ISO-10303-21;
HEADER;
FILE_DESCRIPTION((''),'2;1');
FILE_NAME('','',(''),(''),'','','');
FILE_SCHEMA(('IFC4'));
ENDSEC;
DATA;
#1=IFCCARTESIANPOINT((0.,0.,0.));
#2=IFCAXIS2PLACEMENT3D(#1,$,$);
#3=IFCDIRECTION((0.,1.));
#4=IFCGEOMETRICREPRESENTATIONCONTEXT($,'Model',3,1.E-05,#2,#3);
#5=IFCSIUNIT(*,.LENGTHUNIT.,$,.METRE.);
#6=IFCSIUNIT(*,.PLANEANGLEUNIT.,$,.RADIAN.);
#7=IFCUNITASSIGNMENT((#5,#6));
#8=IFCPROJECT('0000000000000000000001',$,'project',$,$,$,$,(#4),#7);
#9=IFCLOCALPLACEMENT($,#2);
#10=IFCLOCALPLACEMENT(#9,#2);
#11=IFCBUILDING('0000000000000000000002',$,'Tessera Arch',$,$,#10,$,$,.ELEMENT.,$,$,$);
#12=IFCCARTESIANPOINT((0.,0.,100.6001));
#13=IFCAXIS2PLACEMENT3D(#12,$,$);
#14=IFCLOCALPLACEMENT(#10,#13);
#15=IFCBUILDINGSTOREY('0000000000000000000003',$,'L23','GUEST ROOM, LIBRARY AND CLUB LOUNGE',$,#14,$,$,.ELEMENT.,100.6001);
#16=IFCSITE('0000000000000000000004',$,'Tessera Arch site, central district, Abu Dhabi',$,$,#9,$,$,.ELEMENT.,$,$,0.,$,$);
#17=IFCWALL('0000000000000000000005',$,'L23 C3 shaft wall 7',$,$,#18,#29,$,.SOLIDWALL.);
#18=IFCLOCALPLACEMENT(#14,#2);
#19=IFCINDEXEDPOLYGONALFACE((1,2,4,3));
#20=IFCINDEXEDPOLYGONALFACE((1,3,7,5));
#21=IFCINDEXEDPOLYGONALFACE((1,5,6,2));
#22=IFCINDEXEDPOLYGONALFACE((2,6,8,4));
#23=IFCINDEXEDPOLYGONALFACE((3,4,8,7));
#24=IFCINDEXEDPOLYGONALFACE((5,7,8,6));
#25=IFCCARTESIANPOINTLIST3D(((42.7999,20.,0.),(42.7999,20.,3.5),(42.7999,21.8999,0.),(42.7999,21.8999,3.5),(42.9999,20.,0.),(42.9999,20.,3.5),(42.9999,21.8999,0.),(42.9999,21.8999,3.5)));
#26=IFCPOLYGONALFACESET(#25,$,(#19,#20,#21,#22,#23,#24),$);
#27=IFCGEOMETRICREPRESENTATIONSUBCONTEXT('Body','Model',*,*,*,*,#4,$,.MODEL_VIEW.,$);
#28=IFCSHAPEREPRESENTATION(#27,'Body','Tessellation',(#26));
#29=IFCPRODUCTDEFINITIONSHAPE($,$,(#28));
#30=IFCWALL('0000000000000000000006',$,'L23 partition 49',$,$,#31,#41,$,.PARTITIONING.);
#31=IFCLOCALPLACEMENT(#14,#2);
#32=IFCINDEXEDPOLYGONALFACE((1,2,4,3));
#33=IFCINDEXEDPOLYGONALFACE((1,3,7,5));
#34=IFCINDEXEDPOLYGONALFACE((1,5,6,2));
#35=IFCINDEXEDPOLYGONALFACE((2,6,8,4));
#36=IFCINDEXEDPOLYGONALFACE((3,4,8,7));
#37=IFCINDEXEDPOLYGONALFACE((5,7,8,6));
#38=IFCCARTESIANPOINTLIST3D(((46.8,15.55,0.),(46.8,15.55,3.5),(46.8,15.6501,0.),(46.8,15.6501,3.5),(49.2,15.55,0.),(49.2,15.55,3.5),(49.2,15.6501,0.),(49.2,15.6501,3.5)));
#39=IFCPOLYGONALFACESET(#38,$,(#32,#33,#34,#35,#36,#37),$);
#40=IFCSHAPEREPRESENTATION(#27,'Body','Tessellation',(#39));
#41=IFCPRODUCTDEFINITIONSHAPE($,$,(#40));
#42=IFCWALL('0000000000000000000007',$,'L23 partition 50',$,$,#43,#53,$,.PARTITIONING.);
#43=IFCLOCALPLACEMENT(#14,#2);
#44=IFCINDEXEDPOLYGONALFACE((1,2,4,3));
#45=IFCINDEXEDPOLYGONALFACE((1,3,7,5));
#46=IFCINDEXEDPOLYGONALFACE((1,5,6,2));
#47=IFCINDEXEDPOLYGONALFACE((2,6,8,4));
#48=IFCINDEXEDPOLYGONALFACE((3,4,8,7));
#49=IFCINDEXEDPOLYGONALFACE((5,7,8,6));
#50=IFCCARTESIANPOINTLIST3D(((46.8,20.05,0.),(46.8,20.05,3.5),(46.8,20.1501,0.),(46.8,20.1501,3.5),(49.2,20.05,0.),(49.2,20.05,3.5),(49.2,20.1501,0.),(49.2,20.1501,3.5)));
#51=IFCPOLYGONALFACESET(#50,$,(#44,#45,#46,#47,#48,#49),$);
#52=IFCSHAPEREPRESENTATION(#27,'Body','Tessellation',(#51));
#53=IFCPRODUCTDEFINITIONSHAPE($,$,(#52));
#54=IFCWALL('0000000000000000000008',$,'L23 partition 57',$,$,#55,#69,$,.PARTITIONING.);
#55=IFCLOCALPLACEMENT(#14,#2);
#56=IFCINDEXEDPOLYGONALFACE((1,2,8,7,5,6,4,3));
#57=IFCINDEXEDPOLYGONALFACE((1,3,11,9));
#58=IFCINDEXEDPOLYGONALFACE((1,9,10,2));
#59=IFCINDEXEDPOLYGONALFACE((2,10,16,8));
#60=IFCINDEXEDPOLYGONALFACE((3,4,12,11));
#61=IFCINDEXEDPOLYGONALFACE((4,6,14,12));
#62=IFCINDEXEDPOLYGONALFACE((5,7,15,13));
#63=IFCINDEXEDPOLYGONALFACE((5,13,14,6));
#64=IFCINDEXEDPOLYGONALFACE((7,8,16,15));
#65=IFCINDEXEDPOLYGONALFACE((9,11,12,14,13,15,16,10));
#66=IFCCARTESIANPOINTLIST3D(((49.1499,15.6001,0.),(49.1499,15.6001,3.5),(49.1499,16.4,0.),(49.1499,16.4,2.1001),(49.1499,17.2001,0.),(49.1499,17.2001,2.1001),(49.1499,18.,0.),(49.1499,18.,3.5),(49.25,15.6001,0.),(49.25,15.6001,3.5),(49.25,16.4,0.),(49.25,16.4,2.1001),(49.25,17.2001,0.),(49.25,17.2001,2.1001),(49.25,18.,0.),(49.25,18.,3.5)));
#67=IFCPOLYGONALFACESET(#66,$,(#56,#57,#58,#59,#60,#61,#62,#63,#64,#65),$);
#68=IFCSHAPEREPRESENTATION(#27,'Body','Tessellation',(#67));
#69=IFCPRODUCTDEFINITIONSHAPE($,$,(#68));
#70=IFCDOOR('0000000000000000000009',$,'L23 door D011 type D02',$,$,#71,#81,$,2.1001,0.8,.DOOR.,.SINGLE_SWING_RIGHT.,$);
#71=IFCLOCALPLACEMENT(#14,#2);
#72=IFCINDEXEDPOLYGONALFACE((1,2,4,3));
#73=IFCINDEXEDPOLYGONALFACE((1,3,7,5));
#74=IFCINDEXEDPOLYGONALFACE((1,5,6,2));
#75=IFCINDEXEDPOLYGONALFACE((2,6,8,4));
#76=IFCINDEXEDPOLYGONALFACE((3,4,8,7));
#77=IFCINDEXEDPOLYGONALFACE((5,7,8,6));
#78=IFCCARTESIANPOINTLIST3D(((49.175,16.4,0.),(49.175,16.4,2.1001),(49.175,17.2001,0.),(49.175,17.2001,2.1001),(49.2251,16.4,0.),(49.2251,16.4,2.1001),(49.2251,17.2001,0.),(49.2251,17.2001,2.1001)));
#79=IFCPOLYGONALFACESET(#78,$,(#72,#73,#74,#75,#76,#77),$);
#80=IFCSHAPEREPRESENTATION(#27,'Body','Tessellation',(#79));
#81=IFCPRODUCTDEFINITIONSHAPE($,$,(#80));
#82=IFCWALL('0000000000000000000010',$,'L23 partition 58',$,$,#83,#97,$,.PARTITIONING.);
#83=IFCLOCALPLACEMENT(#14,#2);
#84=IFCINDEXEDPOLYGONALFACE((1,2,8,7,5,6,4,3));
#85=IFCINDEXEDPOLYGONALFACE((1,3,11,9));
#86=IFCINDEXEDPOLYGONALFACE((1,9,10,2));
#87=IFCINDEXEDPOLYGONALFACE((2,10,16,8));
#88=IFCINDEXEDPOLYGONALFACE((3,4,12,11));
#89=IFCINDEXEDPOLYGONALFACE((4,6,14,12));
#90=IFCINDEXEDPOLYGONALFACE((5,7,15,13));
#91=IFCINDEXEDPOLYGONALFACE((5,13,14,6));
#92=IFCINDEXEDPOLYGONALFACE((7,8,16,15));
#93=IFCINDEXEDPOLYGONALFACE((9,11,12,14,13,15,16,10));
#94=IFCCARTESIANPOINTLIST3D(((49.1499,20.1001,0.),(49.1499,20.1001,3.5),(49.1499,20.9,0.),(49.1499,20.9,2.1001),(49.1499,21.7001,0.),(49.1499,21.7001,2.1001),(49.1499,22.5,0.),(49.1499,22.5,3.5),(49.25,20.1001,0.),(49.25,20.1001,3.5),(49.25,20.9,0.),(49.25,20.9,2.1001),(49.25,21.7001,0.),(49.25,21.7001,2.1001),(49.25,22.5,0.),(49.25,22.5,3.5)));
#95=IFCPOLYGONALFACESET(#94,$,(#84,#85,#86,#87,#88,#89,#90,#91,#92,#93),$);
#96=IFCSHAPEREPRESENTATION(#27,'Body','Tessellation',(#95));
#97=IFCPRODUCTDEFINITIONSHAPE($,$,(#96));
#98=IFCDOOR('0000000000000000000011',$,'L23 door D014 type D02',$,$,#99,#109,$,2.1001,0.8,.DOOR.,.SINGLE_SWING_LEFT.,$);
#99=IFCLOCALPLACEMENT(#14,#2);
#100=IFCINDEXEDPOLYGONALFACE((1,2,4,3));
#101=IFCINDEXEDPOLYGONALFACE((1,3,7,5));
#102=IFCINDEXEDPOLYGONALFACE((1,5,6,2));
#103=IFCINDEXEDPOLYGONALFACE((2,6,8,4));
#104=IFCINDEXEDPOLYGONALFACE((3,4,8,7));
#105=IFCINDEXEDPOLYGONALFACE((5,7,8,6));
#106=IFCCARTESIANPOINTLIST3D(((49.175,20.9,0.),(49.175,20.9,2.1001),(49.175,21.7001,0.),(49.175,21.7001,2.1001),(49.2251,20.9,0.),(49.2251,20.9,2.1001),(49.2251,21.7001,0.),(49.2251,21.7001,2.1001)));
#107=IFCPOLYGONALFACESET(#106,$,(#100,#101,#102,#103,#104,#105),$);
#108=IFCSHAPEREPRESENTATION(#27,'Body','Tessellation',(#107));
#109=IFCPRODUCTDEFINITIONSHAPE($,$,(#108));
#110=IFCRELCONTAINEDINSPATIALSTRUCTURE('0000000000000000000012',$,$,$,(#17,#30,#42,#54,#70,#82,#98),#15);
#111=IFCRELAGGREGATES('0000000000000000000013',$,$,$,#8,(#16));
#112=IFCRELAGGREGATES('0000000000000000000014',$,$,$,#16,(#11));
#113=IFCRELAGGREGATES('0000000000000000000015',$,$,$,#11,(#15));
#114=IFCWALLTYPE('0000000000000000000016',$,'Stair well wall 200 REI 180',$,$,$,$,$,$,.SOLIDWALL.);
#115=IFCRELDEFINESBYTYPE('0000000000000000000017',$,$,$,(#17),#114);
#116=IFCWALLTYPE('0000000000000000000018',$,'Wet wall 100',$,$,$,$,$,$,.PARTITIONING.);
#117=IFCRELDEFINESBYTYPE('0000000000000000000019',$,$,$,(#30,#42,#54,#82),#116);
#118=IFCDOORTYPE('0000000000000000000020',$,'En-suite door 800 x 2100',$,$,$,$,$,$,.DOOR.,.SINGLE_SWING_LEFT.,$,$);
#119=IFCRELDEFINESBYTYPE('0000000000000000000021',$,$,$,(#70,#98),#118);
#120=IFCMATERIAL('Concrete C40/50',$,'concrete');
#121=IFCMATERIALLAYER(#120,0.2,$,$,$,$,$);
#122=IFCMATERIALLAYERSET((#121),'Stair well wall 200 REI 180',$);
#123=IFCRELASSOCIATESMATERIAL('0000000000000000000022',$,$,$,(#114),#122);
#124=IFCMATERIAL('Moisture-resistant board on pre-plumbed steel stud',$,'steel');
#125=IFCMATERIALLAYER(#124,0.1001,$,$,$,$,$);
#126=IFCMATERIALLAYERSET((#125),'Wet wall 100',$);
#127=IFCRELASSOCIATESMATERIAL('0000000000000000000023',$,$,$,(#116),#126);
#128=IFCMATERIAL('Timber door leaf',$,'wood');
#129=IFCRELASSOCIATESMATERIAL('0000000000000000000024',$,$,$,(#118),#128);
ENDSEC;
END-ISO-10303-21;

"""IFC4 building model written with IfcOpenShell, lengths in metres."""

from ifc_helpers import new_model, si_unit, direction, frame, frame_2d, origin, place, context, subcontext, project, spatial, rectangle, extrude, material, layer, layer_set, type_object, element, fill, save


model = new_model("IFC4")

# Units and contexts
model_context = context("Model", 3, precision=1e-05, world=origin(), true_north=direction((0.0, 1.0)))
body_context = subcontext(model_context, "Body", "Model", "MODEL_VIEW")
ifc_project = project(units=[si_unit("LENGTHUNIT", "METRE"), si_unit("PLANEANGLEUNIT", "RADIAN")], contexts=[model_context])

# Site, building, storey
site_placement = place(None, origin())
site = spatial("IfcSite", under=ifc_project, at=site_placement, Name="Tessera Arch site, central district, Abu Dhabi", CompositionType="ELEMENT", RefElevation=0.0)
building_placement = place(site_placement, origin())
building = spatial("IfcBuilding", under=site, at=building_placement, Name="Tessera Arch", CompositionType="ELEMENT")
storey_placement = place(building_placement, frame((0.0, 0.0, 100.6001)))
storey = spatial("IfcBuildingStorey", under=building, at=storey_placement, Name="L23", Description="GUEST ROOM, LIBRARY AND CLUB LOUNGE", CompositionType="ELEMENT", Elevation=100.6001)

# Walls
ifc_material_1 = material(Name="Concrete C40/50", Category="concrete")
ifc_layer_1 = layer(ifc_material_1, 0.2)
ifc_layer_set_1 = layer_set([ifc_layer_1], Name="Stair well wall 200 REI 180")
wall_type_1 = type_object("IfcWallType", Name="Stair well wall 200 REI 180", PredefinedType="SOLIDWALL", material=ifc_layer_set_1)
wall_1_placement = place(storey_placement, frame((42.8999, 20.0, 0.0), z_axis=(0.0, 0.0, 1.0), x_axis=(0.0, 1.0, 0.0)))
element("IfcWall", 1, at=wall_1_placement, inside=storey, type_object=wall_type_1, Name="L23 C3 shaft wall 7", PredefinedType="SOLIDWALL", context=body_context, shape_type="SweptSolid", body=[
    extrude(rectangle(XDim=1.8999, YDim=0.2, at=frame_2d((0.95, 0.0))), origin(), (0.0, 0.0, 1.0), 3.5),
])
ifc_material_2 = material(Name="Moisture-resistant board on pre-plumbed steel stud", Category="steel")
ifc_layer_2 = layer(ifc_material_2, 0.1001)
ifc_layer_set_2 = layer_set([ifc_layer_2], Name="Wet wall 100")
wall_type_2 = type_object("IfcWallType", Name="Wet wall 100", PredefinedType="PARTITIONING", material=ifc_layer_set_2)
for number, where, z_axis, x_axis, name in (
    (2, (46.8, 15.6001, 0.0), (0.0, 0.0, 1.0), (1.0, 0.0, 0.0), "L23 partition 49"),
    (3, (46.8, 20.1001, 0.0), (0.0, 0.0, 1.0), (1.0, 0.0, 0.0), "L23 partition 50"),
):
    element("IfcWall", number, at=place(storey_placement, frame(where, z_axis=z_axis, x_axis=x_axis)), inside=storey, type_object=wall_type_2, Name=name, PredefinedType="PARTITIONING", context=body_context, shape_type="SweptSolid", body=[
        extrude(rectangle(XDim=2.3999, YDim=0.1001, at=frame_2d((1.2, 0.0))), origin(), (0.0, 0.0, 1.0), 3.5),
    ])

# Walls, openings, doors
wall_2_placement = place(storey_placement, frame((49.2, 15.6001, 0.0), z_axis=(0.0, 0.0, 1.0), x_axis=(0.0, 1.0, 0.0)))
wall_2 = element("IfcWall", 4, at=wall_2_placement, inside=storey, type_object=wall_type_2, Name="L23 partition 57", PredefinedType="PARTITIONING", context=body_context, shape_type="SweptSolid", body=[
    extrude(rectangle(XDim=2.3999, YDim=0.1001, at=frame_2d((1.2, 0.0))), origin(), (0.0, 0.0, 1.0), 3.5),
])
opening_1_placement = place(wall_2_placement, frame((0.8, 0.0, 0.0)))
opening_1 = element("IfcOpeningElement", 5, at=opening_1_placement, cuts=wall_2, PredefinedType="OPENING", context=body_context, shape_type="SweptSolid", body=[
    extrude(rectangle(XDim=0.8, YDim=2.1001, at=frame_2d((0.3999, 1.05))), frame((0.0, 0.0601, 0.0), z_axis=(0.0, -1.0, 0.0), x_axis=(1.0, 0.0, 0.0)), (0.0, 0.0, 1.0), 0.1201),
])
ifc_material_3 = material(Name="Timber door leaf", Category="wood")
door_type_1 = type_object("IfcDoorType", Name="En-suite door 800 x 2100", OperationType="SINGLE_SWING_LEFT", PredefinedType="DOOR", material=ifc_material_3)
door_1_placement = place(opening_1_placement, origin())
door_1 = element("IfcDoor", 6, at=door_1_placement, inside=storey, type_object=door_type_1, Name="L23 door D011 type D02", OperationType="SINGLE_SWING_RIGHT", OverallHeight=2.1001, OverallWidth=0.8, PredefinedType="DOOR", context=body_context, shape_type="SweptSolid", body=[
    extrude(rectangle(XDim=0.8, YDim=2.1001, at=frame_2d((0.3999, 1.05))), frame((0.0, 0.0249, 0.0), z_axis=(0.0, -1.0, 0.0), x_axis=(1.0, 0.0, 0.0)), (0.0, 0.0, 1.0), 0.05),
])
fill(opening_1, door_1)
wall_3_placement = place(storey_placement, frame((49.2, 20.1001, 0.0), z_axis=(0.0, 0.0, 1.0), x_axis=(0.0, 1.0, 0.0)))
wall_3 = element("IfcWall", 7, at=wall_3_placement, inside=storey, type_object=wall_type_2, Name="L23 partition 58", PredefinedType="PARTITIONING", context=body_context, shape_type="SweptSolid", body=[
    extrude(rectangle(XDim=2.3999, YDim=0.1001, at=frame_2d((1.2, 0.0))), origin(), (0.0, 0.0, 1.0), 3.5),
])
opening_2_placement = place(wall_3_placement, frame((0.8, 0.0, 0.0)))
opening_2 = element("IfcOpeningElement", 8, at=opening_2_placement, cuts=wall_3, PredefinedType="OPENING", context=body_context, shape_type="SweptSolid", body=[
    extrude(rectangle(XDim=0.8, YDim=2.1001, at=frame_2d((0.3999, 1.05))), frame((0.0, 0.0601, 0.0), z_axis=(0.0, -1.0, 0.0), x_axis=(1.0, 0.0, 0.0)), (0.0, 0.0, 1.0), 0.1201),
])
door_2_placement = place(opening_2_placement, origin())
door_2 = element("IfcDoor", 9, at=door_2_placement, inside=storey, type_object=door_type_1, Name="L23 door D014 type D02", OperationType="SINGLE_SWING_LEFT", OverallHeight=2.1001, OverallWidth=0.8, PredefinedType="DOOR", context=body_context, shape_type="SweptSolid", body=[
    extrude(rectangle(XDim=0.8, YDim=2.1001, at=frame_2d((0.3999, 1.05))), frame((0.0, 0.0249, 0.0), z_axis=(0.0, -1.0, 0.0), x_axis=(1.0, 0.0, 0.0)), (0.0, 0.0, 1.0), 0.05),
])
fill(opening_2, door_2)

save(model, "model.ifc")
